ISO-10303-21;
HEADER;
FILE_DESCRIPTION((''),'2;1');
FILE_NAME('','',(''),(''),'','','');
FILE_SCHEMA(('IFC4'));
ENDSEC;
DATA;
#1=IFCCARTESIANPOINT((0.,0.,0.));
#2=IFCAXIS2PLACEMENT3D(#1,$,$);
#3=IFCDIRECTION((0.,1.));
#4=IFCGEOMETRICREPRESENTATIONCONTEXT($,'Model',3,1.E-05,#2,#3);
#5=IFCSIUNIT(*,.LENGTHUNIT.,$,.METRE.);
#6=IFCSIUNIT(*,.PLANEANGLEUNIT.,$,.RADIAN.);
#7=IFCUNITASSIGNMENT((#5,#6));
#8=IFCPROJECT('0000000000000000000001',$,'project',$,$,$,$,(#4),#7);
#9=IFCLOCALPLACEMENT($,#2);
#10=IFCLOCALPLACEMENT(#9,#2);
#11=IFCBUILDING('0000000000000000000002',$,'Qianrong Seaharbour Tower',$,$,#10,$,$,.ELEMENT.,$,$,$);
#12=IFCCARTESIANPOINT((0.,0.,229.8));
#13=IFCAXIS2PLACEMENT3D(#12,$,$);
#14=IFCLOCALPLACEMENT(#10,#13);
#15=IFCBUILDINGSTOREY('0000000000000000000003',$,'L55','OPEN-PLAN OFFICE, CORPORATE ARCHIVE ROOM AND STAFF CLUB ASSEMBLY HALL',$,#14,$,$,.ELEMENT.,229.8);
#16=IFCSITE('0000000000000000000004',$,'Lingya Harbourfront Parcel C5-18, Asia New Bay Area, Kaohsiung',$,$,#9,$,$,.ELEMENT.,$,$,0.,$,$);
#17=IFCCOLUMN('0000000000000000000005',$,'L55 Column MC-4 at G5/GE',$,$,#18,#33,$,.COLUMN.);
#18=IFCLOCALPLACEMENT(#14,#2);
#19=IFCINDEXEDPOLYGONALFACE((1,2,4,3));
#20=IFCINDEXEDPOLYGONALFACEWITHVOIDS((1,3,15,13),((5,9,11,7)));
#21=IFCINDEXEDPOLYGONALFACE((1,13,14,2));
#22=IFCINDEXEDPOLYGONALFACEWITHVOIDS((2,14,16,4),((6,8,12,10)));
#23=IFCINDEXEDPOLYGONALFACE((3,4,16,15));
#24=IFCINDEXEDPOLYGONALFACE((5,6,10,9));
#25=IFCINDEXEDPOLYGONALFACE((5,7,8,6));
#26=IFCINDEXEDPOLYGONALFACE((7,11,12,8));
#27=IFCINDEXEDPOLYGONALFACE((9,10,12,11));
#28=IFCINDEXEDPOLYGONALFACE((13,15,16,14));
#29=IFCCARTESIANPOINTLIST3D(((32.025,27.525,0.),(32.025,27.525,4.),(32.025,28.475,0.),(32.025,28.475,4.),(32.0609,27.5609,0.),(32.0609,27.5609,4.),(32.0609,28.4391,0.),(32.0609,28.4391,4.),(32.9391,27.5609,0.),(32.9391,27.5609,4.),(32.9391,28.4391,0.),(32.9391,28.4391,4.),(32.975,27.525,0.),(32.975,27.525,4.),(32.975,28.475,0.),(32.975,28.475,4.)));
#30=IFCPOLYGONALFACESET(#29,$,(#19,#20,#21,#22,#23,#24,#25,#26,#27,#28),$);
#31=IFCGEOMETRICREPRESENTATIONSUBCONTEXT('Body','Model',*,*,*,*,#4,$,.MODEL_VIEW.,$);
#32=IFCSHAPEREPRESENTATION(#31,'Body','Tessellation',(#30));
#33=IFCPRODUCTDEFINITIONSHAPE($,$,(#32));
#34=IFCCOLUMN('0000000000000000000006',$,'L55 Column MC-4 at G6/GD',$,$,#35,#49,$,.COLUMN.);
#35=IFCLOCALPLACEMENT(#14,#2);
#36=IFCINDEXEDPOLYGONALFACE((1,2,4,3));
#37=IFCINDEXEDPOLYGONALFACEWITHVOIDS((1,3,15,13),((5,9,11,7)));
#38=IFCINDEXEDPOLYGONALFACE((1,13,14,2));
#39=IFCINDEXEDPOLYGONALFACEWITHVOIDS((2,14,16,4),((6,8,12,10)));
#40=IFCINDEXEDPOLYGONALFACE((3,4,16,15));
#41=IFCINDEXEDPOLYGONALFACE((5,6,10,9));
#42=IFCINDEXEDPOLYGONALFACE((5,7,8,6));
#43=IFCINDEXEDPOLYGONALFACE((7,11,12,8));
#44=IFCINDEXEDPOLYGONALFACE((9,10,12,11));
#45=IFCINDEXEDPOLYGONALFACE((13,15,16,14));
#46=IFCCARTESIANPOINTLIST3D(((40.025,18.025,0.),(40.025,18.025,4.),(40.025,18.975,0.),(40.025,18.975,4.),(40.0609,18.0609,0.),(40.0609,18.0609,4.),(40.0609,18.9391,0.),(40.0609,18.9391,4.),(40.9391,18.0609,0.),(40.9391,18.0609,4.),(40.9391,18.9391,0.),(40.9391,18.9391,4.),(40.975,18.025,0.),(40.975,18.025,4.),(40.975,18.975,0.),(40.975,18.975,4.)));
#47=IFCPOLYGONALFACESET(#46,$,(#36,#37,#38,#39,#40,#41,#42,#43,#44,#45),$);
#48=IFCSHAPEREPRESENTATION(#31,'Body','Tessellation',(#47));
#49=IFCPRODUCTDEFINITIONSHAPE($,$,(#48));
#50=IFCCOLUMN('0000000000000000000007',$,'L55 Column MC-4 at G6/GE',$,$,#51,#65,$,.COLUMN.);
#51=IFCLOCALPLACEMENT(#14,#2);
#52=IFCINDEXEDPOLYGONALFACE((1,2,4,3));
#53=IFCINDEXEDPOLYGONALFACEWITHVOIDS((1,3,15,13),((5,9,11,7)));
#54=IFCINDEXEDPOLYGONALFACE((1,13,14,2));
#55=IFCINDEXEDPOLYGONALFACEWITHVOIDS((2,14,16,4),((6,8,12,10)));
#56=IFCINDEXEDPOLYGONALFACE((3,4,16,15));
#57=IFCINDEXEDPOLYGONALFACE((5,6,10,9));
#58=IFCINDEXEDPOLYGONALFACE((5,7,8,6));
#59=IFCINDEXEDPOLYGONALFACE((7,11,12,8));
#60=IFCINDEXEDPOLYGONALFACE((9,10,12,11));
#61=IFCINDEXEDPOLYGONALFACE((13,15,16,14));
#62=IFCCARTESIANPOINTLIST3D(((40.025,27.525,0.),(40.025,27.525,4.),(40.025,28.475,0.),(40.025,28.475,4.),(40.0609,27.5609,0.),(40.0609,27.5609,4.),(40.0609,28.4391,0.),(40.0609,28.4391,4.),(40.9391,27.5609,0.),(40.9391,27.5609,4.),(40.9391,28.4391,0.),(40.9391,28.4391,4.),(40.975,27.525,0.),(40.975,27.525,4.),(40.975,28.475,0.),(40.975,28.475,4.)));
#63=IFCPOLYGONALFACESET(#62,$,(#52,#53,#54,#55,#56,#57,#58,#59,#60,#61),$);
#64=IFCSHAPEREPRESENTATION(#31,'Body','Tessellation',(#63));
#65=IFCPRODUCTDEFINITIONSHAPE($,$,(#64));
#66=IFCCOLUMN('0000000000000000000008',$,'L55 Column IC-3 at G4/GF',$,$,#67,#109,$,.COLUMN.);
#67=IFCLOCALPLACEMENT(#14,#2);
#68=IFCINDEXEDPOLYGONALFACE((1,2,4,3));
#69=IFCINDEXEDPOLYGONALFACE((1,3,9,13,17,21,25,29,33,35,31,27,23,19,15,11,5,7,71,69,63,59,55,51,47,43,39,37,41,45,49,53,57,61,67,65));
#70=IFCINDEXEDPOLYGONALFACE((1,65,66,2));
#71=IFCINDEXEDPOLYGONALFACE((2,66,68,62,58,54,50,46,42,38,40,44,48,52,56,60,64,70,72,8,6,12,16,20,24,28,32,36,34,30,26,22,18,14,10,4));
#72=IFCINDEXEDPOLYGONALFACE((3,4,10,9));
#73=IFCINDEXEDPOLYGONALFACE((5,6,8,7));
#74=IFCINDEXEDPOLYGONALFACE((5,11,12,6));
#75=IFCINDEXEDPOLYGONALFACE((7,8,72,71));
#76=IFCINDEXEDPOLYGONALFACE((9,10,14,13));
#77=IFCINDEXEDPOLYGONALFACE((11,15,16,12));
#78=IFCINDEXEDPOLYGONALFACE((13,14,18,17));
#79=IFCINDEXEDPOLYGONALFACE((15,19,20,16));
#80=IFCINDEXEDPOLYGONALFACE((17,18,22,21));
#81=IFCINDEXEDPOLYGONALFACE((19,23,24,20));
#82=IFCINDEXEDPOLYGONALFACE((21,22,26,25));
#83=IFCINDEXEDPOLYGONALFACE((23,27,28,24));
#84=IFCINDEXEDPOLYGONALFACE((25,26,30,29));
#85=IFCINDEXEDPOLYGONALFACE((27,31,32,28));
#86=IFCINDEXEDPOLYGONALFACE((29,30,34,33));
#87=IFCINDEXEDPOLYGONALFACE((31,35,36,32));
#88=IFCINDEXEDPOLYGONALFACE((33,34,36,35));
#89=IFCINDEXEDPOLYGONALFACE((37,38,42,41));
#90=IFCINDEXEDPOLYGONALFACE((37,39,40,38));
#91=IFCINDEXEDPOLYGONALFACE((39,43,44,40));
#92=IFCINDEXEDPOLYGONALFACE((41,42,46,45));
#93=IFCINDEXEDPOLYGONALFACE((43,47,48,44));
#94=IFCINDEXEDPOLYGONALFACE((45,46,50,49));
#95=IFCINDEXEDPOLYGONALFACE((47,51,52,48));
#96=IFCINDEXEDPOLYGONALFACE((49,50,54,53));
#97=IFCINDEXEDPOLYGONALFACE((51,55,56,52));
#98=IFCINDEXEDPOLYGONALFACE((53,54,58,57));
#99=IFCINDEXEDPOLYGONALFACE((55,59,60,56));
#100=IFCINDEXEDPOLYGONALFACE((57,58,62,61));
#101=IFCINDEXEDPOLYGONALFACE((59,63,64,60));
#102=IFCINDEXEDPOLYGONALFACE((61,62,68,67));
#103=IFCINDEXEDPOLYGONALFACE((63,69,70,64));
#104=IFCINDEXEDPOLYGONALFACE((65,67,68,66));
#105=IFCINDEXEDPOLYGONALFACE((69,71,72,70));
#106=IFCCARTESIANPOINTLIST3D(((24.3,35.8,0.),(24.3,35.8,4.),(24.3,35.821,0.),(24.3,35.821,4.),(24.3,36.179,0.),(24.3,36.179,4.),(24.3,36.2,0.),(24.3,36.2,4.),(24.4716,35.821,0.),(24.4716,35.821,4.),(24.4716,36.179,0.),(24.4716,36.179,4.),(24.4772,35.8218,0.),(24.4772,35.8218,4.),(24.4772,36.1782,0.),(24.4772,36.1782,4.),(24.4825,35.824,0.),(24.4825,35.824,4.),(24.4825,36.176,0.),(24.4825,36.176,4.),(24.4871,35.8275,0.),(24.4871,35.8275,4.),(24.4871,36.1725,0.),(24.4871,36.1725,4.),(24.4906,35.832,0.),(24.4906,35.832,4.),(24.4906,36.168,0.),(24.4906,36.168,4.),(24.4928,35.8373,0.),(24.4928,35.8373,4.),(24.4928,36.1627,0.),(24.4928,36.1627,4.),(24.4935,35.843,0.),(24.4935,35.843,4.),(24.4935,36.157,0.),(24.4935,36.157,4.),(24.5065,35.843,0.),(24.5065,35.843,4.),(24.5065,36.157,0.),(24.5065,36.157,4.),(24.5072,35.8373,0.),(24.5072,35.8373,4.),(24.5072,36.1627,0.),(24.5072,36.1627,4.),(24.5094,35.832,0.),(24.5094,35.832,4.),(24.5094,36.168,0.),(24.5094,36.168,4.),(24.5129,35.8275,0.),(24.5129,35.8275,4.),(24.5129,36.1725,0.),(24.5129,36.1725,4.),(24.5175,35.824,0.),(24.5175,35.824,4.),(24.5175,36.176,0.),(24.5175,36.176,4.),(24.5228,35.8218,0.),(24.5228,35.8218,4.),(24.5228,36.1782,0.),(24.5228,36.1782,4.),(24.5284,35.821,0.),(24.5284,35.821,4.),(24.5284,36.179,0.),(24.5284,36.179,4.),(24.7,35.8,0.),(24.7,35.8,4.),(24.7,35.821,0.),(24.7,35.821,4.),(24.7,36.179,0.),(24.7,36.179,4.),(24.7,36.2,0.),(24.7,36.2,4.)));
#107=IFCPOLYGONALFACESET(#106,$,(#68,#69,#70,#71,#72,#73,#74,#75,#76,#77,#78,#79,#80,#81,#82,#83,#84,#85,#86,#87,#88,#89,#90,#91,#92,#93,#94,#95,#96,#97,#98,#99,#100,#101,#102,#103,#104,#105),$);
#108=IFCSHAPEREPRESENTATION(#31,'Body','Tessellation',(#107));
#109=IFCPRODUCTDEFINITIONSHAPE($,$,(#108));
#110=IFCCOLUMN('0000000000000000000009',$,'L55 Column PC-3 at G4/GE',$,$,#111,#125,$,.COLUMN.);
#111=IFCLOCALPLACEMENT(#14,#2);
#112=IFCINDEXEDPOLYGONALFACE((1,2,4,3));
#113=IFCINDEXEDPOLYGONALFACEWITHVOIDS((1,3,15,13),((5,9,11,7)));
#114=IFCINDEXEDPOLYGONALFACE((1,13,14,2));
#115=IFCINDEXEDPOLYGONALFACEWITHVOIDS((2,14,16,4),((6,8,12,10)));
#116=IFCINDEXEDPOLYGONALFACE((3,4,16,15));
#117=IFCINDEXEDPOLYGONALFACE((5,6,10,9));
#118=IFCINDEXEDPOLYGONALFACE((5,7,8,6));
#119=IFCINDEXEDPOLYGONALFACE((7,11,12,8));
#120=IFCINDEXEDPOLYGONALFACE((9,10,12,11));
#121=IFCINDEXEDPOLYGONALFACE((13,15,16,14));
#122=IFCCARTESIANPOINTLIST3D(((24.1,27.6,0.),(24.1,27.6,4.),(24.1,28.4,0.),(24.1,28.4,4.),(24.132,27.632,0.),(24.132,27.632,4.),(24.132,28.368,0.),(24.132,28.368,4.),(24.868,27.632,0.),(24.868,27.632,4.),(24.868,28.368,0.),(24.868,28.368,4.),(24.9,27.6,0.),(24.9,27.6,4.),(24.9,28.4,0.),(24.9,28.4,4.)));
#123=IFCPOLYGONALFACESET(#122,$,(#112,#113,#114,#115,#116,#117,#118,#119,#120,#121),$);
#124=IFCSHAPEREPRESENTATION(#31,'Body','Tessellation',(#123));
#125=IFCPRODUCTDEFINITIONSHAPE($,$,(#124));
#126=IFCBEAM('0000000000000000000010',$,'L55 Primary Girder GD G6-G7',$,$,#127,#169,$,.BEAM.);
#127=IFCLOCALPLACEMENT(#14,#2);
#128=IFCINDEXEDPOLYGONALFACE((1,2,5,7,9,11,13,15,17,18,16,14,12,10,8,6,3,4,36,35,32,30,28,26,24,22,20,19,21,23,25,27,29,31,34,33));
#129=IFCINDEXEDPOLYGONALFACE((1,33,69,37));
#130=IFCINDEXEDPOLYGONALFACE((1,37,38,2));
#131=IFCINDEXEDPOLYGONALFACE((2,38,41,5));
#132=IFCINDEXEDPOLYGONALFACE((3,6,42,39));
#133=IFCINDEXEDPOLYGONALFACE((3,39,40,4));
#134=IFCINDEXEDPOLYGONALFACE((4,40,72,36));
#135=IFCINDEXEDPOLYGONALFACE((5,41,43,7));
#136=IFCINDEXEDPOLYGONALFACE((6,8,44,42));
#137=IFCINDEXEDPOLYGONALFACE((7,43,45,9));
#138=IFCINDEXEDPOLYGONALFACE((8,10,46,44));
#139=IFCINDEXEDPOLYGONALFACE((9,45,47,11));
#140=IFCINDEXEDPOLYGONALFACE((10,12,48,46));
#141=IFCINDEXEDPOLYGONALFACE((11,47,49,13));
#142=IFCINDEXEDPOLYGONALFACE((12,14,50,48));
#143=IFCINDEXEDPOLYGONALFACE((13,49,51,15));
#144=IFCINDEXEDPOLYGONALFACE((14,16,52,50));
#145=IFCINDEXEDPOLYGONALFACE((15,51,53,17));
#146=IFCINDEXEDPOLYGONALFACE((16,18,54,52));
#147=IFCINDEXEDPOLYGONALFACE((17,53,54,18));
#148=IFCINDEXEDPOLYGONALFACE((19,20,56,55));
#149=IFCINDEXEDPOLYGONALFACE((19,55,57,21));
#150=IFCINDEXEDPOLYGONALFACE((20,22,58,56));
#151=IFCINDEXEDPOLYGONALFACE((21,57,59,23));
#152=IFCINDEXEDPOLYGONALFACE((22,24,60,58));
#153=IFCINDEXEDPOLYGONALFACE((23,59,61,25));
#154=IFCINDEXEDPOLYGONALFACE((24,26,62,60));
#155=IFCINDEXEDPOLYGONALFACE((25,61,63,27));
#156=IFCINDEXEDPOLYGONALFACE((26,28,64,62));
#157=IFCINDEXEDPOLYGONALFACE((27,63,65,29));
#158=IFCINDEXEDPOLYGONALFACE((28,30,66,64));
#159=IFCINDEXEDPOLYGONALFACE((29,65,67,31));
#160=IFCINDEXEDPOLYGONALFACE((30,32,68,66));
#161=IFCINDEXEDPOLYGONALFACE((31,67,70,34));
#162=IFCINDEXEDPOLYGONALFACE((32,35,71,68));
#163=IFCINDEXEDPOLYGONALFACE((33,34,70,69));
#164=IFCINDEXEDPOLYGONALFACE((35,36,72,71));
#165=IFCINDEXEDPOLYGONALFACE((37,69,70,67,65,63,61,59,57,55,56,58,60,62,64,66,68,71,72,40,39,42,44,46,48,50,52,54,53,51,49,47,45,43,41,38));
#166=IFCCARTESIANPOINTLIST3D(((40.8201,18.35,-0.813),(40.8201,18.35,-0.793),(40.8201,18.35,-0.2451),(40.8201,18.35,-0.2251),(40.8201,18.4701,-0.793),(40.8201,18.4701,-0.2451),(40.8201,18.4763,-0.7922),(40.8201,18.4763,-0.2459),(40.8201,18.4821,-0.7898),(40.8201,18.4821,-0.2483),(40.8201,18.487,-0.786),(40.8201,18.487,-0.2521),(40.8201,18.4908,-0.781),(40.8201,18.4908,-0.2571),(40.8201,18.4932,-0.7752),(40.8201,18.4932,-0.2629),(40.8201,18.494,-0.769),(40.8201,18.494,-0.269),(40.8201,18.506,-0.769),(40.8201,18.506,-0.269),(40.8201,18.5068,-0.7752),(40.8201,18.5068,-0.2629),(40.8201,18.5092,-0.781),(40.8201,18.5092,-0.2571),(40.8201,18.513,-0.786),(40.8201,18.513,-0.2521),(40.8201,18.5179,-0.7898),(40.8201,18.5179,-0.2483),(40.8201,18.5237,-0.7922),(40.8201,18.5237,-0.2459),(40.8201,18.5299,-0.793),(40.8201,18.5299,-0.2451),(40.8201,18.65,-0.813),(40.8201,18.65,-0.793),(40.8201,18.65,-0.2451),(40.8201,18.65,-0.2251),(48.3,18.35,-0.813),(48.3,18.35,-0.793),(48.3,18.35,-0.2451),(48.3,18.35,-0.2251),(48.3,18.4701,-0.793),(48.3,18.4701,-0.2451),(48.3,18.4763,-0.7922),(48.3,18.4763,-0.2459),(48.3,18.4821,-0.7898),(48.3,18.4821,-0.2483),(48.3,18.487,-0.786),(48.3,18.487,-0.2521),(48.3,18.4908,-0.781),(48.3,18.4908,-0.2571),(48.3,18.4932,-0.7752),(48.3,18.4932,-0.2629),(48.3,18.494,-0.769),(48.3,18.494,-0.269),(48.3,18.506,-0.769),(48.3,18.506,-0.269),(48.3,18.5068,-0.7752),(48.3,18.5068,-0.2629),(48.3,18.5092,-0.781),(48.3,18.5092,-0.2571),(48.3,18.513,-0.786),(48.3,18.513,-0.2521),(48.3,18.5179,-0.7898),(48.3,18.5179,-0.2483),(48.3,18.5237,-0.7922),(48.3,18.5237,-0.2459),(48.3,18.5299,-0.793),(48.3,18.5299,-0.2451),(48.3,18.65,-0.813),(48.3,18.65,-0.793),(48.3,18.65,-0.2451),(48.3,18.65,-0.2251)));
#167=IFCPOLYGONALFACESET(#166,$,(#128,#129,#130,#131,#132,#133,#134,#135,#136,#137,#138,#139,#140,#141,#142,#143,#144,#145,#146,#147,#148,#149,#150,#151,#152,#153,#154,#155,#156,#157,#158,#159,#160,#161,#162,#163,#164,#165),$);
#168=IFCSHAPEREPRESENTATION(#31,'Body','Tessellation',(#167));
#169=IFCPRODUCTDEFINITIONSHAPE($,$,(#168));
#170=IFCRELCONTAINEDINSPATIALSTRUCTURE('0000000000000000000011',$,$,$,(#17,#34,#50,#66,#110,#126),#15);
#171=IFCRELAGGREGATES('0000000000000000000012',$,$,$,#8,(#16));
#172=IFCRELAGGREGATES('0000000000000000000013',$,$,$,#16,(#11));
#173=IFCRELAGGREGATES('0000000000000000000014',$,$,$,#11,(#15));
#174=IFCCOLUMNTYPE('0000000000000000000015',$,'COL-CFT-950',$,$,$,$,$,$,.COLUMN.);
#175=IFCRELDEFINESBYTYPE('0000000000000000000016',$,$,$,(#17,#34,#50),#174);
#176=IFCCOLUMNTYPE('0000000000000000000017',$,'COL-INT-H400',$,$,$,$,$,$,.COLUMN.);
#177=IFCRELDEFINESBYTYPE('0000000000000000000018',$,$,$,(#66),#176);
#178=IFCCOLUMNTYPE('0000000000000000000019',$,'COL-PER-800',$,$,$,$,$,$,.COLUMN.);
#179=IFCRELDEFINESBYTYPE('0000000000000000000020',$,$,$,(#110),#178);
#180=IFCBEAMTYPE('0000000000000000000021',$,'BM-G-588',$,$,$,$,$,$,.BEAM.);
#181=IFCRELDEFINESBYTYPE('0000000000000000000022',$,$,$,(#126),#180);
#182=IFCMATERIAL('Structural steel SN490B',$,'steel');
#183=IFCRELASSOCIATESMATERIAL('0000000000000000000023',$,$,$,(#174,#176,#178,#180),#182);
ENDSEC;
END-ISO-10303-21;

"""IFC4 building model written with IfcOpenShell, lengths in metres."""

from ifc_helpers import new_model, si_unit, direction, frame, origin, origin_2d, place, context, subcontext, project, spatial, hollow_rectangle, i_section, extrude, material, material_profile, profile_set, type_object, element, save


model = new_model("IFC4")

# Units and contexts
model_context = context("Model", 3, precision=1e-05, world=origin(), true_north=direction((0.0, 1.0)))
body_context = subcontext(model_context, "Body", "Model", "MODEL_VIEW")
ifc_project = project(units=[si_unit("LENGTHUNIT", "METRE"), si_unit("PLANEANGLEUNIT", "RADIAN")], contexts=[model_context])

# Site, building, storey
site_placement = place(None, origin())
site = spatial("IfcSite", under=ifc_project, at=site_placement, Name="Lingya Harbourfront Parcel C5-18, Asia New Bay Area, Kaohsiung", CompositionType="ELEMENT", RefElevation=0.0)
building_placement = place(site_placement, origin())
building = spatial("IfcBuilding", under=site, at=building_placement, Name="Qianrong Seaharbour Tower", CompositionType="ELEMENT")
storey_placement = place(building_placement, frame((0.0, 0.0, 229.8)))
storey = spatial("IfcBuildingStorey", under=building, at=storey_placement, Name="L55", Description="OPEN-PLAN OFFICE, CORPORATE ARCHIVE ROOM AND STAFF CLUB ASSEMBLY HALL", CompositionType="ELEMENT", Elevation=229.8)

# Columns
ifc_material_1 = material(Name="Structural steel SN490B", Category="steel")
ifc_material_profile_1 = material_profile(ifc_material_1, hollow_rectangle(XDim=0.95, YDim=0.95, WallThickness=0.0359, at=origin_2d()), Name="BOX950x950x36")
ifc_profile_set_1 = profile_set([ifc_material_profile_1], Name="Structural steel SN490B")
column_type_1 = type_object("IfcColumnType", Name="COL-CFT-950", PredefinedType="COLUMN", material=ifc_profile_set_1)
for number, where, z_axis, x_axis, name in (
    (1, (32.5, 28.0, 0.0), (0.0, 0.0, 1.0), (1.0, 0.0, 0.0), "L55 Column MC-4 at G5/GE"),
    (2, (40.5, 18.5, 0.0), (0.0, 0.0, 1.0), (1.0, 0.0, 0.0), "L55 Column MC-4 at G6/GD"),
    (3, (40.5, 28.0, 0.0), (0.0, 0.0, 1.0), (1.0, 0.0, 0.0), "L55 Column MC-4 at G6/GE"),
):
    element("IfcColumn", number, at=place(storey_placement, frame(where, z_axis=z_axis, x_axis=x_axis)), inside=storey, type_object=column_type_1, Name=name, PredefinedType="COLUMN", context=body_context, shape_type="SweptSolid", body=[
        extrude(hollow_rectangle(XDim=0.95, YDim=0.95, WallThickness=0.0359, at=origin_2d()), origin(), (0.0, 0.0, 1.0), 4.0),
    ])
ifc_material_profile_2 = material_profile(ifc_material_1, i_section(OverallWidth=0.3999, OverallDepth=0.3999, WebThickness=0.0129, FlangeThickness=0.021, FilletRadius=0.022, at=origin_2d()), Name="H400x400x13x21")
ifc_profile_set_2 = profile_set([ifc_material_profile_2], Name="Structural steel SN490B")
column_type_2 = type_object("IfcColumnType", Name="COL-INT-H400", PredefinedType="COLUMN", material=ifc_profile_set_2)
column_1_placement = place(storey_placement, frame((24.5, 36.0, 0.0), z_axis=(0.0, 0.0, 1.0), x_axis=(1.0, 0.0, 0.0)))
element("IfcColumn", 4, at=column_1_placement, inside=storey, type_object=column_type_2, Name="L55 Column IC-3 at G4/GF", PredefinedType="COLUMN", context=body_context, shape_type="SweptSolid", body=[
    extrude(i_section(OverallWidth=0.3999, OverallDepth=0.3999, WebThickness=0.0129, FlangeThickness=0.021, FilletRadius=0.022, at=origin_2d()), origin(), (0.0, 0.0, 1.0), 4.0),
])
ifc_material_profile_3 = material_profile(ifc_material_1, hollow_rectangle(XDim=0.8, YDim=0.8, WallThickness=0.032, at=origin_2d()), Name="BOX800x800x32")
ifc_profile_set_3 = profile_set([ifc_material_profile_3], Name="Structural steel SN490B")
column_type_3 = type_object("IfcColumnType", Name="COL-PER-800", PredefinedType="COLUMN", material=ifc_profile_set_3)
column_2_placement = place(storey_placement, frame((24.5, 28.0, 0.0), z_axis=(0.0, 0.0, 1.0), x_axis=(1.0, 0.0, 0.0)))
element("IfcColumn", 5, at=column_2_placement, inside=storey, type_object=column_type_3, Name="L55 Column PC-3 at G4/GE", PredefinedType="COLUMN", context=body_context, shape_type="SweptSolid", body=[
    extrude(hollow_rectangle(XDim=0.8, YDim=0.8, WallThickness=0.032, at=origin_2d()), origin(), (0.0, 0.0, 1.0), 4.0),
])

# Beam
ifc_material_profile_4 = material_profile(ifc_material_1, i_section(OverallWidth=0.3, OverallDepth=0.5879, WebThickness=0.012, FlangeThickness=0.02, FilletRadius=0.0239, at=origin_2d()), Name="H588x300x12x20")
ifc_profile_set_4 = profile_set([ifc_material_profile_4], Name="Structural steel SN490B")
beam_type_1 = type_object("IfcBeamType", Name="BM-G-588", PredefinedType="BEAM", material=ifc_profile_set_4)
for number, where, z_axis, x_axis, name in (
    (6, (40.8201, 18.5, -0.519), (1.0, 0.0, 0.0), (0.0, 1.0, 0.0), "L55 Primary Girder GD G6-G7"),
):
    element("IfcBeam", number, at=place(storey_placement, frame(where, z_axis=z_axis, x_axis=x_axis)), inside=storey, type_object=beam_type_1, Name=name, PredefinedType="BEAM", context=body_context, shape_type="SweptSolid", body=[
        extrude(i_section(OverallWidth=0.3, OverallDepth=0.5879, WebThickness=0.012, FlangeThickness=0.02, FilletRadius=0.0239, at=origin_2d()), origin(), (0.0, 0.0, 1.0), 7.48),
    ])

save(model, "model.ifc")
